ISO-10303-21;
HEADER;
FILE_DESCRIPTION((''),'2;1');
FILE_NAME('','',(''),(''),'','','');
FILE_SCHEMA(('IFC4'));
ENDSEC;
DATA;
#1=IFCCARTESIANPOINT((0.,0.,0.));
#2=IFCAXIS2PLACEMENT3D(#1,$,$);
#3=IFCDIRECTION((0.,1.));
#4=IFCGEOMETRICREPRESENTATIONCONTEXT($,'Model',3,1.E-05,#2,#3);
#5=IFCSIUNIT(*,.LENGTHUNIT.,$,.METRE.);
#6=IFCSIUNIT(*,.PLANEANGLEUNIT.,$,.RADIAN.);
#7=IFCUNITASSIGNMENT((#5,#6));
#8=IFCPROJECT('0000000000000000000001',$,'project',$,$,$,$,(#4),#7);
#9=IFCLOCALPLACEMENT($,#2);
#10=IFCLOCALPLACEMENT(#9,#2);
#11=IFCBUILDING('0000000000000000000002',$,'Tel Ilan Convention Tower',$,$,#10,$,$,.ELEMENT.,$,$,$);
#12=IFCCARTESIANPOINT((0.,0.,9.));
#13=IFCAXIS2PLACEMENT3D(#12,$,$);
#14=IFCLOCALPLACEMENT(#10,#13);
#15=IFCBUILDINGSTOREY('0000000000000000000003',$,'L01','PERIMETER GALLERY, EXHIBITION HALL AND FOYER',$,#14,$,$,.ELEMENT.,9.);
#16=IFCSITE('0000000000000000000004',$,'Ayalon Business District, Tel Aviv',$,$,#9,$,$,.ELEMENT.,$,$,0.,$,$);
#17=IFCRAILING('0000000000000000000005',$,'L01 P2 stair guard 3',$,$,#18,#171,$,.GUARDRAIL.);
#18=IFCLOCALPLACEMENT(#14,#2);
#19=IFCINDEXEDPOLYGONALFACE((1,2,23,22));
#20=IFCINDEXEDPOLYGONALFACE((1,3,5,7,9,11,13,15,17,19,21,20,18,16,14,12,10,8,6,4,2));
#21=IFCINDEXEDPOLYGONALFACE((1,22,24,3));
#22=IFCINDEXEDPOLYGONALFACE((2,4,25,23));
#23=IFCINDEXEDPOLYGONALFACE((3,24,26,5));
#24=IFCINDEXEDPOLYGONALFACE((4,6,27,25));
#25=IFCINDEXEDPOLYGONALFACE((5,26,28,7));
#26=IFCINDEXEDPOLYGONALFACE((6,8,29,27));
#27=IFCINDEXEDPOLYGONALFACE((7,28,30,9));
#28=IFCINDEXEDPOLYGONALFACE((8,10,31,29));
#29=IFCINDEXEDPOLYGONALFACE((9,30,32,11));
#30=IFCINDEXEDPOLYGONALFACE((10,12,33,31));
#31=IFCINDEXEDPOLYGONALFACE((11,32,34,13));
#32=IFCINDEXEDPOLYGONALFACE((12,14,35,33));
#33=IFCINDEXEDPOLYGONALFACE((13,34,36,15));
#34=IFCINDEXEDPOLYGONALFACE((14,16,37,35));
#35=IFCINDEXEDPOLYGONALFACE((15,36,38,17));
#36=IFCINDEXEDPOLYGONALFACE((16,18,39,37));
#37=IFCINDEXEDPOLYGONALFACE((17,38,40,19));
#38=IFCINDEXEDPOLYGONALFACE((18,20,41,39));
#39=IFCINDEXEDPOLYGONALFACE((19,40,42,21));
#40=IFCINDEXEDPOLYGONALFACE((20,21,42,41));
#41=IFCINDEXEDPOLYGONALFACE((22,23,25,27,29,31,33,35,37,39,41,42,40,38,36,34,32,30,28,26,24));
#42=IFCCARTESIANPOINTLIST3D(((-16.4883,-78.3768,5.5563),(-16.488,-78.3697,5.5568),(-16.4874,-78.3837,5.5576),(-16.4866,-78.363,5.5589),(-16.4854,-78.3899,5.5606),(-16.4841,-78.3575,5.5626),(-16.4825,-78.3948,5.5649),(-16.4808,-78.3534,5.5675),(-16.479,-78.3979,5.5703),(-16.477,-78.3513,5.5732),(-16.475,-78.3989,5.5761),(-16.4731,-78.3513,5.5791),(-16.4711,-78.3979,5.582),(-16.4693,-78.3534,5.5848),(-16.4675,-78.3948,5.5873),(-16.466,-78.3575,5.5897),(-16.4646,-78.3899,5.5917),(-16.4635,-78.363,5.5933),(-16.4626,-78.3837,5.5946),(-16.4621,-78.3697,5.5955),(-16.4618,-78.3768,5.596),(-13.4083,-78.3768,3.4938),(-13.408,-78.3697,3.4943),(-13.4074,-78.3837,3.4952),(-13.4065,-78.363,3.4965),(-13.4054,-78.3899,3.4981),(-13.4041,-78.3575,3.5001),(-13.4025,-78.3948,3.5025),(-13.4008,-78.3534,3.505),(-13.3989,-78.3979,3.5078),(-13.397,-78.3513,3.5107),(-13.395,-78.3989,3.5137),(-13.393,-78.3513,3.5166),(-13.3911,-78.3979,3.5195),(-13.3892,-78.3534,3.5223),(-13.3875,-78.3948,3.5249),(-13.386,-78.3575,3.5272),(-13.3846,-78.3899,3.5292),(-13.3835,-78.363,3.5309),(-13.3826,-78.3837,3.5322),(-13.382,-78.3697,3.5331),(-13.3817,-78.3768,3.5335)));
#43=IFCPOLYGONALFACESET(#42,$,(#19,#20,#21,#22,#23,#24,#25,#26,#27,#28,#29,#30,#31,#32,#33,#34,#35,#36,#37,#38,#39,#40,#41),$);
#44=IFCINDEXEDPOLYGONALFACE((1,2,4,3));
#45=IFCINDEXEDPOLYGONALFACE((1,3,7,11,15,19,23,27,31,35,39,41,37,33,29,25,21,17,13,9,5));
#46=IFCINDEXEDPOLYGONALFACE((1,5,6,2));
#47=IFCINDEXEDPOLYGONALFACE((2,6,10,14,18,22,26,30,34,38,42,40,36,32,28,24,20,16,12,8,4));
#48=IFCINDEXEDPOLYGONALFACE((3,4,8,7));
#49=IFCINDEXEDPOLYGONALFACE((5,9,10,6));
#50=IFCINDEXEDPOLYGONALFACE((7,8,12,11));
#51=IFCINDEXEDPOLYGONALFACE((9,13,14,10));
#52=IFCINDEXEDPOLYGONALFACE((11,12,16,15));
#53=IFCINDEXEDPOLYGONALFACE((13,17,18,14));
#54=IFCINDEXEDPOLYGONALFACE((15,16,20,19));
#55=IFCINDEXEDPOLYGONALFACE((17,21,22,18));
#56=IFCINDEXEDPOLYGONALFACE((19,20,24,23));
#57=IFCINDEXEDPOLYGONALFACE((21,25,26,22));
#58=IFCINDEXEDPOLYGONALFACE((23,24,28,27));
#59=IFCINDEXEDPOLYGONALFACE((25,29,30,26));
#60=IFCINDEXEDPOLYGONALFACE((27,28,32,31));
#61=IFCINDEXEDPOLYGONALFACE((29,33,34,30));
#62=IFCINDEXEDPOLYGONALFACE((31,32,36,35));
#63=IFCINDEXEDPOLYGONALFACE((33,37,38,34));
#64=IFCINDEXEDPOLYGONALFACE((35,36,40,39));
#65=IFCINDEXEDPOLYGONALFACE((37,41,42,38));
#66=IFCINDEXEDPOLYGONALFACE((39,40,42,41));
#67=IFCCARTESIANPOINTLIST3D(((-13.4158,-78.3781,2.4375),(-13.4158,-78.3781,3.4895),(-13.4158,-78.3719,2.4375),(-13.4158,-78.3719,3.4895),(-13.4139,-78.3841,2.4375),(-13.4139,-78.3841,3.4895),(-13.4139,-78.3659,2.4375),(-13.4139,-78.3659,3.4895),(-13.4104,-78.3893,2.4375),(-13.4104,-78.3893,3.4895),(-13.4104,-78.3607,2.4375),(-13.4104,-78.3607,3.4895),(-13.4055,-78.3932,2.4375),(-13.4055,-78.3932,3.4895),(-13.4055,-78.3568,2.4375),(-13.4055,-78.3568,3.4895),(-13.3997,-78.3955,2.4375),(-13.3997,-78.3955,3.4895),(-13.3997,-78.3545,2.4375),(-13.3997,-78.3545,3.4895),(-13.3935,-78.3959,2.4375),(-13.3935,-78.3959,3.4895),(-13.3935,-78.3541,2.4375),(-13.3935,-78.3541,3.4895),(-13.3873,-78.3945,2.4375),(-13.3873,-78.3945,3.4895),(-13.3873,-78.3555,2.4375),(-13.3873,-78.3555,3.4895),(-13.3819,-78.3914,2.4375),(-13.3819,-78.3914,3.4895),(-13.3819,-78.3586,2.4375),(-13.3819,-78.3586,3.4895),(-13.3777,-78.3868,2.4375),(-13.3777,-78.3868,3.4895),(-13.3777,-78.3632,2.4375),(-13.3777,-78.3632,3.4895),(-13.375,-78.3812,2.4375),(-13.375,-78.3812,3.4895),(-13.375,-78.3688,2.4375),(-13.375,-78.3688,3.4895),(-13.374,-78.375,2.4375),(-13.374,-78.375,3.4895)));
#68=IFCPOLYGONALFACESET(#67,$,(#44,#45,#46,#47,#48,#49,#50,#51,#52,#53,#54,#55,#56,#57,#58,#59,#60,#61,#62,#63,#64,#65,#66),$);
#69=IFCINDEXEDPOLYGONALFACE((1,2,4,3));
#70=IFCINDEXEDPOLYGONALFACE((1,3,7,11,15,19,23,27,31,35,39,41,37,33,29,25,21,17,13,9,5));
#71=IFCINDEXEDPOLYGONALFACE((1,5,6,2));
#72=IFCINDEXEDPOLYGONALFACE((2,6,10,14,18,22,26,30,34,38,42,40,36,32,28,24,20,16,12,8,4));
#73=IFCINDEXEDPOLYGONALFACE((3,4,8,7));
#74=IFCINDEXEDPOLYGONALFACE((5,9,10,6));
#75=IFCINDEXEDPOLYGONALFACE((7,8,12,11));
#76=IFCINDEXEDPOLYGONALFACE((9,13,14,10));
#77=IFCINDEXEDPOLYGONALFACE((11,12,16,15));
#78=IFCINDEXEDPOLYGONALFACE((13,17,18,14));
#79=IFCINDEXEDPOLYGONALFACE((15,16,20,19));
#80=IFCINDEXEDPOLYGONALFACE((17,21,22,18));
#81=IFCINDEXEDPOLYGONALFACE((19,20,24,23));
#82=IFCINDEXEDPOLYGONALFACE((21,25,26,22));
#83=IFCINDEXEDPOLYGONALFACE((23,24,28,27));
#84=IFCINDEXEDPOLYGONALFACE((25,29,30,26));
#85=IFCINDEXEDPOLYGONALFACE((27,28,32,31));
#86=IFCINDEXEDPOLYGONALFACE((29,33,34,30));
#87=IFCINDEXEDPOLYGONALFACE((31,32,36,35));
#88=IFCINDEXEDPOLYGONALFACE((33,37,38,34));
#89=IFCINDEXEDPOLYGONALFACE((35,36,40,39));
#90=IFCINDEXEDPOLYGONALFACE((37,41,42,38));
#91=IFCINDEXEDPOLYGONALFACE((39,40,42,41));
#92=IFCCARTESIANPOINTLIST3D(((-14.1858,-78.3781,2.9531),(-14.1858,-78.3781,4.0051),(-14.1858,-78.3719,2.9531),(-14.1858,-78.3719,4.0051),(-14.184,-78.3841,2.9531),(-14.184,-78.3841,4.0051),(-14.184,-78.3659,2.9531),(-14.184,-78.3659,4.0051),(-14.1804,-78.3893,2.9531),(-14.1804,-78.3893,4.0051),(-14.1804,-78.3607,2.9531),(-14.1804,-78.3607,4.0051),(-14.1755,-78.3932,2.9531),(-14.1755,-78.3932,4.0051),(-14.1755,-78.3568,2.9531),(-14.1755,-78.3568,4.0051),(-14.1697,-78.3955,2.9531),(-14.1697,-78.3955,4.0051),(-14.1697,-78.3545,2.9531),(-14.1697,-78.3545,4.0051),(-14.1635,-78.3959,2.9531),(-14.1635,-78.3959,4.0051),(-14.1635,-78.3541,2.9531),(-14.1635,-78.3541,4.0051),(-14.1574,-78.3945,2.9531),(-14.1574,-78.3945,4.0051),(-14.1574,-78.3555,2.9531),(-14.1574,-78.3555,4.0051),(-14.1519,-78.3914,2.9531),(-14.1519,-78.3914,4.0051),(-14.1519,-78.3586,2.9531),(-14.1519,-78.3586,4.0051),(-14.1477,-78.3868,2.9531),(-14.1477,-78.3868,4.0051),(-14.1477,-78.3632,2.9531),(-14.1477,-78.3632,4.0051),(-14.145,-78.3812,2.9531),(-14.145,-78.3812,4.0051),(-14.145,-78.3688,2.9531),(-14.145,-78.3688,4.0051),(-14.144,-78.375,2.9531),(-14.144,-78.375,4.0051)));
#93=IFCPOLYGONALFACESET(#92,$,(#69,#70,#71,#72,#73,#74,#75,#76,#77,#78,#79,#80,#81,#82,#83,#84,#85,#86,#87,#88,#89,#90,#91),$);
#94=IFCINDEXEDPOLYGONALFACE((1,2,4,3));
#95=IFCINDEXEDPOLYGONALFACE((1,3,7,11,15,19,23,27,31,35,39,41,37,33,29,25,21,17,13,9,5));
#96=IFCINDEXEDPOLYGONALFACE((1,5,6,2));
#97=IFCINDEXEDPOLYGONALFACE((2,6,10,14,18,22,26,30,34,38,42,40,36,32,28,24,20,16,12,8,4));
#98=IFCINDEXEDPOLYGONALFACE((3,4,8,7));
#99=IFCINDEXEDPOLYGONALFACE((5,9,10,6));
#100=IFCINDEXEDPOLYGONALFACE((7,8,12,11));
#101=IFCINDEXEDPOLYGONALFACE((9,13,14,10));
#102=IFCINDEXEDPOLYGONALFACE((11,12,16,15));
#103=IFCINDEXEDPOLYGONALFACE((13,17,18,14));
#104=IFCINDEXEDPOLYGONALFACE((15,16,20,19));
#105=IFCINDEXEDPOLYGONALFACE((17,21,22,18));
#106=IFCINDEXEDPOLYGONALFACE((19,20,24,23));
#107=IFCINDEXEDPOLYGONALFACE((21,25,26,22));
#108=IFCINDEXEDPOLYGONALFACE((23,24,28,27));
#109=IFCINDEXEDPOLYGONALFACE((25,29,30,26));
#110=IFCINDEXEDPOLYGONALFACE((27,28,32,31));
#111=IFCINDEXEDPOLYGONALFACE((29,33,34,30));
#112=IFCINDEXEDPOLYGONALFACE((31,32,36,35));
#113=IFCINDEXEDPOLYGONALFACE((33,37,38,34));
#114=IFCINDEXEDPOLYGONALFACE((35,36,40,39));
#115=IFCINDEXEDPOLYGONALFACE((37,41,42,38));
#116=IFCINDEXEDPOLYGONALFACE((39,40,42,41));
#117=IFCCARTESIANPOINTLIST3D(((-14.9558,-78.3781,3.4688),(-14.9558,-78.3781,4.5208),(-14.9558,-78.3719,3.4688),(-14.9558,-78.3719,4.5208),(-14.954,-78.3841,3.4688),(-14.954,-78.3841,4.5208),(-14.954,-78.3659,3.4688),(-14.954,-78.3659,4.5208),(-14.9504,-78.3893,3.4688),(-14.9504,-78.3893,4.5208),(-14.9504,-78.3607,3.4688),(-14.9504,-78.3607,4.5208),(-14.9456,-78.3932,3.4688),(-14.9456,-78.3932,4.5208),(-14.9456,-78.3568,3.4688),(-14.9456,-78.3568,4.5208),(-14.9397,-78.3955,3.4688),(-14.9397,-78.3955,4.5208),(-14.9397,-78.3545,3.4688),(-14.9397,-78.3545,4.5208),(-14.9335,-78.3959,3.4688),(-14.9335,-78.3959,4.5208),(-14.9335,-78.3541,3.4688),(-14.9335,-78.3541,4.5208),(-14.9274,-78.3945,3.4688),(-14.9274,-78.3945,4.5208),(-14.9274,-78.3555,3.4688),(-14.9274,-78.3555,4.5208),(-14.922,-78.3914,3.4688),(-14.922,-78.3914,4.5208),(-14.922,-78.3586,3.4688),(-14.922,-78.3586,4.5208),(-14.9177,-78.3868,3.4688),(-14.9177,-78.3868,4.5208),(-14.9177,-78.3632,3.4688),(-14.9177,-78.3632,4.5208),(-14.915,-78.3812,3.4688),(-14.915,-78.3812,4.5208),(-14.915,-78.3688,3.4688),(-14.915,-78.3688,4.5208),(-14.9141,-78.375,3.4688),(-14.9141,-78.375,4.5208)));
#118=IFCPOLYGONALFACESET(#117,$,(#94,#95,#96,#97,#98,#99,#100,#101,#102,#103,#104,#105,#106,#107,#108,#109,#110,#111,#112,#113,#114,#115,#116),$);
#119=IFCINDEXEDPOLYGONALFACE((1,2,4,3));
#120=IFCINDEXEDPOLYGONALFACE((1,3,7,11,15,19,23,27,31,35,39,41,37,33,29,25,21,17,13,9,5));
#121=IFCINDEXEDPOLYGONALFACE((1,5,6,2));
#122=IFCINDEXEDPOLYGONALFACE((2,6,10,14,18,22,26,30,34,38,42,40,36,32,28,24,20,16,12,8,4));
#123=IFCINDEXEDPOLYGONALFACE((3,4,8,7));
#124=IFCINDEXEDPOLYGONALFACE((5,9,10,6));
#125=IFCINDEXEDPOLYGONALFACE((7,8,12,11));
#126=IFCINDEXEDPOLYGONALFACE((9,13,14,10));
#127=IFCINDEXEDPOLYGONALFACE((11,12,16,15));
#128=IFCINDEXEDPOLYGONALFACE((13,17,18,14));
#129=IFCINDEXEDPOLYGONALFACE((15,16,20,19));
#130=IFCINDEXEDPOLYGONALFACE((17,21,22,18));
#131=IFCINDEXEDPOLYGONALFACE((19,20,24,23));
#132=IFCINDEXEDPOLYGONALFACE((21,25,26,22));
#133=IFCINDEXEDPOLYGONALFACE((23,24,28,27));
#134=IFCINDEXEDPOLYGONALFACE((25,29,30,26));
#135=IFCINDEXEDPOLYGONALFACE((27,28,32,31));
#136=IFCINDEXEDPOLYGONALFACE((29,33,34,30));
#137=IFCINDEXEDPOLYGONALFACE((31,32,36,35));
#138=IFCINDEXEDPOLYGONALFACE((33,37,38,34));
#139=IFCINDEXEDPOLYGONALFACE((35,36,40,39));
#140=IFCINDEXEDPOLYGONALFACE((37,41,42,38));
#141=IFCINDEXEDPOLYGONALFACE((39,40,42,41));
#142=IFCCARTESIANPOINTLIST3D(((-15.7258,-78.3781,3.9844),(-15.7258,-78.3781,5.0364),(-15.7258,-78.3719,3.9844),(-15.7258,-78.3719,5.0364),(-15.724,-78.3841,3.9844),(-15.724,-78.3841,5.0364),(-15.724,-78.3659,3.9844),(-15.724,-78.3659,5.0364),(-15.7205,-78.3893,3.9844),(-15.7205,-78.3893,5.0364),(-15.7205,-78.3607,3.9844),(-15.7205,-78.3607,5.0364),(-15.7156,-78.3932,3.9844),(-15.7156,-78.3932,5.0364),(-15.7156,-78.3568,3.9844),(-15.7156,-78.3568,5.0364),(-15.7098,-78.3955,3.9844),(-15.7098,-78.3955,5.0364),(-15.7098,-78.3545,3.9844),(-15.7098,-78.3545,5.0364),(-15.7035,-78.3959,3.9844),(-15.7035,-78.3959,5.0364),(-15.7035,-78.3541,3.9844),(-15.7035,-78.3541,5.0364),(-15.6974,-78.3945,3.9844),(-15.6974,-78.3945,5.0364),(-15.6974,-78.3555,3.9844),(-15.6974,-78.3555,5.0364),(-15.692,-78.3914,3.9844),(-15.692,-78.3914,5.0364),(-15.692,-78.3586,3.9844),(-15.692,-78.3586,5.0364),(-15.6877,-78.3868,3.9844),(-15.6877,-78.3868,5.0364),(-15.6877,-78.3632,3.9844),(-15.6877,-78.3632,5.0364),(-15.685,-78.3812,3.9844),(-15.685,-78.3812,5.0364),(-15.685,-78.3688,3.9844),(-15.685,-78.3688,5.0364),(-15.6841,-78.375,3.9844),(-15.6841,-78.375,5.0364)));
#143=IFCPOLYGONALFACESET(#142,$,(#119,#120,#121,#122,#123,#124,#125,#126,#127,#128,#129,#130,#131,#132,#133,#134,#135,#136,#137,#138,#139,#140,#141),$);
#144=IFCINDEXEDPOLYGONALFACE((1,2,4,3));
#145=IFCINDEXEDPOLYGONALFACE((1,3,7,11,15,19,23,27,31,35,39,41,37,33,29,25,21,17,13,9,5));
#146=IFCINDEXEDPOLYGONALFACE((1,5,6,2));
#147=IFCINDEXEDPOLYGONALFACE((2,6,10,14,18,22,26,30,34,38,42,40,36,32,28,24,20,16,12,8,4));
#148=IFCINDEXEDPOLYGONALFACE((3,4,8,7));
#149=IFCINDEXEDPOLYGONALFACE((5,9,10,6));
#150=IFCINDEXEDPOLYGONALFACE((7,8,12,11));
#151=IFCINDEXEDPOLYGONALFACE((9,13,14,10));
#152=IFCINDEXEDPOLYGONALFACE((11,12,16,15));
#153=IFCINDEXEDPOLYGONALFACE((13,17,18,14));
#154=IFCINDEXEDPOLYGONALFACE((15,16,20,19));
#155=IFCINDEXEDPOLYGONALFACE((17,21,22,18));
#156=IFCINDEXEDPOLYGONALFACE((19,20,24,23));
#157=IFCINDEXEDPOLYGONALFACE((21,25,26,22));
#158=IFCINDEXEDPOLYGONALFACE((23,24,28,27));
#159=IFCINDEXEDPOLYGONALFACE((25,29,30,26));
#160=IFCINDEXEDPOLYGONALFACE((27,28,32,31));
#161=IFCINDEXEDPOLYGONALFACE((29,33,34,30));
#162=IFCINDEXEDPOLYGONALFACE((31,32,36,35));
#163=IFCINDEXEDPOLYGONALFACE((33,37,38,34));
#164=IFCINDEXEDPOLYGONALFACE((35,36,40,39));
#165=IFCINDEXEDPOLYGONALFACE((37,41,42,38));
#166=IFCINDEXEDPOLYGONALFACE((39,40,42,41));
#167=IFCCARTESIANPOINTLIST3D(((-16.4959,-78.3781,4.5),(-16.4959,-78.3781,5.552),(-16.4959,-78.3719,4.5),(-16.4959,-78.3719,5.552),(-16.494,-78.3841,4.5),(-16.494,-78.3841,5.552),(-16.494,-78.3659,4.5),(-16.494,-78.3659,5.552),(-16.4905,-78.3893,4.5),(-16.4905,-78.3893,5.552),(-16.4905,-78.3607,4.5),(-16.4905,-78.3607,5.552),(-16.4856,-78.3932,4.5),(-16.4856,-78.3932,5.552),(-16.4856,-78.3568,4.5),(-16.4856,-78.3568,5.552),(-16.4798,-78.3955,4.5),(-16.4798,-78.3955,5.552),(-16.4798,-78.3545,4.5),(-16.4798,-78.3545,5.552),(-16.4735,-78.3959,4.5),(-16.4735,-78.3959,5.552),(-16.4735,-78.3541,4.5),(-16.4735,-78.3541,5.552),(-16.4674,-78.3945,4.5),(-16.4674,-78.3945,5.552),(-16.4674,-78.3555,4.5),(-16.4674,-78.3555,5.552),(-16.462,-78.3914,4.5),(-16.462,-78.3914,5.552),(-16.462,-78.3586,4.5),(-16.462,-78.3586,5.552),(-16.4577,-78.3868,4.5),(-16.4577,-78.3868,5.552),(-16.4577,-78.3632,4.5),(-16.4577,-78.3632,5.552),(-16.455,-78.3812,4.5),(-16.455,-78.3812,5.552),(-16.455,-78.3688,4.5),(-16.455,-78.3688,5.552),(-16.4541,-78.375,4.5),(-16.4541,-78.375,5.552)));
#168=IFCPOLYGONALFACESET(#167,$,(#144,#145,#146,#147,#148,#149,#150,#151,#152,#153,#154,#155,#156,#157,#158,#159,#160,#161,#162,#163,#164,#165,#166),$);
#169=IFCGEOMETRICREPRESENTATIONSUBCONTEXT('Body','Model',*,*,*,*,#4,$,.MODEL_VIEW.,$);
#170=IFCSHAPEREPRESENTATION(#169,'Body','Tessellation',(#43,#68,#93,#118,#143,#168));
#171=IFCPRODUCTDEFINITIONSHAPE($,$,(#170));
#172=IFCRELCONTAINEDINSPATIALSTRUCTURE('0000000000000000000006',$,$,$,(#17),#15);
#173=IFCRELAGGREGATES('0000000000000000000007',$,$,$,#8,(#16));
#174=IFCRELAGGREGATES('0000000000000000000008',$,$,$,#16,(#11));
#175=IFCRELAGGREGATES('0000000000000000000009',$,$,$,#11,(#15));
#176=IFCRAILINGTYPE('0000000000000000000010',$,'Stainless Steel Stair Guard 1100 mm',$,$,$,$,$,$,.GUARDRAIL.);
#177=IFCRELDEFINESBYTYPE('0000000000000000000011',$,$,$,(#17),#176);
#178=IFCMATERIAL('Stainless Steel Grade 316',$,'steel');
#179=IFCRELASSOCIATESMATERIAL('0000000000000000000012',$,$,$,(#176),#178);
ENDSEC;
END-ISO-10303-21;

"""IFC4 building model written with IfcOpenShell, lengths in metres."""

from ifc_helpers import new_model, si_unit, direction, frame, origin, origin_2d, place, context, subcontext, project, spatial, circle, extrude, material, type_object, element, save


model = new_model("IFC4")

# Units and contexts
model_context = context("Model", 3, precision=1e-05, world=origin(), true_north=direction((0.0, 1.0)))
body_context = subcontext(model_context, "Body", "Model", "MODEL_VIEW")
ifc_project = project(units=[si_unit("LENGTHUNIT", "METRE"), si_unit("PLANEANGLEUNIT", "RADIAN")], contexts=[model_context])

# Site, building, storey
site_placement = place(None, origin())
site = spatial("IfcSite", under=ifc_project, at=site_placement, Name="Ayalon Business District, Tel Aviv", CompositionType="ELEMENT", RefElevation=0.0)
building_placement = place(site_placement, origin())
building = spatial("IfcBuilding", under=site, at=building_placement, Name="Tel Ilan Convention Tower", CompositionType="ELEMENT")
storey_placement = place(building_placement, frame((0.0, 0.0, 9.0)))
storey = spatial("IfcBuildingStorey", under=building, at=storey_placement, Name="L01", Description="PERIMETER GALLERY, EXHIBITION HALL AND FOYER", CompositionType="ELEMENT", Elevation=9.0)

# Railing
ifc_material_1 = material(Name="Stainless Steel Grade 316", Category="steel")
railing_type_1 = type_object("IfcRailingType", Name="Stainless Steel Stair Guard 1100 mm", PredefinedType="GUARDRAIL", material=ifc_material_1)
railing_1_placement = place(storey_placement, frame((-13.395, -78.375, 2.4375)))
element("IfcRailing", 1, at=railing_1_placement, inside=storey, type_object=railing_type_1, Name="L01 P2 stair guard 3", PredefinedType="GUARDRAIL", context=body_context, shape_type="SweptSolid", body=[
    extrude(circle(Radius=0.0239, at=origin_2d()), frame((0.0, 0.0, 1.0762), z_axis=(-0.830914, 0.0, 0.556401), x_axis=(0.0, -1.0, 0.0)), (0.0, 0.0, 1.0), 3.7068),
    extrude(circle(Radius=0.021, at=origin_2d()), origin(), (0.0, 0.0, 1.0), 1.052),
    extrude(circle(Radius=0.021, at=origin_2d()), frame((-0.77, 0.0, 0.5156)), (0.0, 0.0, 1.0), 1.052),
    extrude(circle(Radius=0.021, at=origin_2d()), frame((-1.54, 0.0, 1.0312)), (0.0, 0.0, 1.0), 1.052),
    extrude(circle(Radius=0.021, at=origin_2d()), frame((-2.3101, 0.0, 1.5469)), (0.0, 0.0, 1.0), 1.052),
    extrude(circle(Radius=0.021, at=origin_2d()), frame((-3.0801, 0.0, 2.0625)), (0.0, 0.0, 1.0), 1.052),
])

save(model, "model.ifc")
